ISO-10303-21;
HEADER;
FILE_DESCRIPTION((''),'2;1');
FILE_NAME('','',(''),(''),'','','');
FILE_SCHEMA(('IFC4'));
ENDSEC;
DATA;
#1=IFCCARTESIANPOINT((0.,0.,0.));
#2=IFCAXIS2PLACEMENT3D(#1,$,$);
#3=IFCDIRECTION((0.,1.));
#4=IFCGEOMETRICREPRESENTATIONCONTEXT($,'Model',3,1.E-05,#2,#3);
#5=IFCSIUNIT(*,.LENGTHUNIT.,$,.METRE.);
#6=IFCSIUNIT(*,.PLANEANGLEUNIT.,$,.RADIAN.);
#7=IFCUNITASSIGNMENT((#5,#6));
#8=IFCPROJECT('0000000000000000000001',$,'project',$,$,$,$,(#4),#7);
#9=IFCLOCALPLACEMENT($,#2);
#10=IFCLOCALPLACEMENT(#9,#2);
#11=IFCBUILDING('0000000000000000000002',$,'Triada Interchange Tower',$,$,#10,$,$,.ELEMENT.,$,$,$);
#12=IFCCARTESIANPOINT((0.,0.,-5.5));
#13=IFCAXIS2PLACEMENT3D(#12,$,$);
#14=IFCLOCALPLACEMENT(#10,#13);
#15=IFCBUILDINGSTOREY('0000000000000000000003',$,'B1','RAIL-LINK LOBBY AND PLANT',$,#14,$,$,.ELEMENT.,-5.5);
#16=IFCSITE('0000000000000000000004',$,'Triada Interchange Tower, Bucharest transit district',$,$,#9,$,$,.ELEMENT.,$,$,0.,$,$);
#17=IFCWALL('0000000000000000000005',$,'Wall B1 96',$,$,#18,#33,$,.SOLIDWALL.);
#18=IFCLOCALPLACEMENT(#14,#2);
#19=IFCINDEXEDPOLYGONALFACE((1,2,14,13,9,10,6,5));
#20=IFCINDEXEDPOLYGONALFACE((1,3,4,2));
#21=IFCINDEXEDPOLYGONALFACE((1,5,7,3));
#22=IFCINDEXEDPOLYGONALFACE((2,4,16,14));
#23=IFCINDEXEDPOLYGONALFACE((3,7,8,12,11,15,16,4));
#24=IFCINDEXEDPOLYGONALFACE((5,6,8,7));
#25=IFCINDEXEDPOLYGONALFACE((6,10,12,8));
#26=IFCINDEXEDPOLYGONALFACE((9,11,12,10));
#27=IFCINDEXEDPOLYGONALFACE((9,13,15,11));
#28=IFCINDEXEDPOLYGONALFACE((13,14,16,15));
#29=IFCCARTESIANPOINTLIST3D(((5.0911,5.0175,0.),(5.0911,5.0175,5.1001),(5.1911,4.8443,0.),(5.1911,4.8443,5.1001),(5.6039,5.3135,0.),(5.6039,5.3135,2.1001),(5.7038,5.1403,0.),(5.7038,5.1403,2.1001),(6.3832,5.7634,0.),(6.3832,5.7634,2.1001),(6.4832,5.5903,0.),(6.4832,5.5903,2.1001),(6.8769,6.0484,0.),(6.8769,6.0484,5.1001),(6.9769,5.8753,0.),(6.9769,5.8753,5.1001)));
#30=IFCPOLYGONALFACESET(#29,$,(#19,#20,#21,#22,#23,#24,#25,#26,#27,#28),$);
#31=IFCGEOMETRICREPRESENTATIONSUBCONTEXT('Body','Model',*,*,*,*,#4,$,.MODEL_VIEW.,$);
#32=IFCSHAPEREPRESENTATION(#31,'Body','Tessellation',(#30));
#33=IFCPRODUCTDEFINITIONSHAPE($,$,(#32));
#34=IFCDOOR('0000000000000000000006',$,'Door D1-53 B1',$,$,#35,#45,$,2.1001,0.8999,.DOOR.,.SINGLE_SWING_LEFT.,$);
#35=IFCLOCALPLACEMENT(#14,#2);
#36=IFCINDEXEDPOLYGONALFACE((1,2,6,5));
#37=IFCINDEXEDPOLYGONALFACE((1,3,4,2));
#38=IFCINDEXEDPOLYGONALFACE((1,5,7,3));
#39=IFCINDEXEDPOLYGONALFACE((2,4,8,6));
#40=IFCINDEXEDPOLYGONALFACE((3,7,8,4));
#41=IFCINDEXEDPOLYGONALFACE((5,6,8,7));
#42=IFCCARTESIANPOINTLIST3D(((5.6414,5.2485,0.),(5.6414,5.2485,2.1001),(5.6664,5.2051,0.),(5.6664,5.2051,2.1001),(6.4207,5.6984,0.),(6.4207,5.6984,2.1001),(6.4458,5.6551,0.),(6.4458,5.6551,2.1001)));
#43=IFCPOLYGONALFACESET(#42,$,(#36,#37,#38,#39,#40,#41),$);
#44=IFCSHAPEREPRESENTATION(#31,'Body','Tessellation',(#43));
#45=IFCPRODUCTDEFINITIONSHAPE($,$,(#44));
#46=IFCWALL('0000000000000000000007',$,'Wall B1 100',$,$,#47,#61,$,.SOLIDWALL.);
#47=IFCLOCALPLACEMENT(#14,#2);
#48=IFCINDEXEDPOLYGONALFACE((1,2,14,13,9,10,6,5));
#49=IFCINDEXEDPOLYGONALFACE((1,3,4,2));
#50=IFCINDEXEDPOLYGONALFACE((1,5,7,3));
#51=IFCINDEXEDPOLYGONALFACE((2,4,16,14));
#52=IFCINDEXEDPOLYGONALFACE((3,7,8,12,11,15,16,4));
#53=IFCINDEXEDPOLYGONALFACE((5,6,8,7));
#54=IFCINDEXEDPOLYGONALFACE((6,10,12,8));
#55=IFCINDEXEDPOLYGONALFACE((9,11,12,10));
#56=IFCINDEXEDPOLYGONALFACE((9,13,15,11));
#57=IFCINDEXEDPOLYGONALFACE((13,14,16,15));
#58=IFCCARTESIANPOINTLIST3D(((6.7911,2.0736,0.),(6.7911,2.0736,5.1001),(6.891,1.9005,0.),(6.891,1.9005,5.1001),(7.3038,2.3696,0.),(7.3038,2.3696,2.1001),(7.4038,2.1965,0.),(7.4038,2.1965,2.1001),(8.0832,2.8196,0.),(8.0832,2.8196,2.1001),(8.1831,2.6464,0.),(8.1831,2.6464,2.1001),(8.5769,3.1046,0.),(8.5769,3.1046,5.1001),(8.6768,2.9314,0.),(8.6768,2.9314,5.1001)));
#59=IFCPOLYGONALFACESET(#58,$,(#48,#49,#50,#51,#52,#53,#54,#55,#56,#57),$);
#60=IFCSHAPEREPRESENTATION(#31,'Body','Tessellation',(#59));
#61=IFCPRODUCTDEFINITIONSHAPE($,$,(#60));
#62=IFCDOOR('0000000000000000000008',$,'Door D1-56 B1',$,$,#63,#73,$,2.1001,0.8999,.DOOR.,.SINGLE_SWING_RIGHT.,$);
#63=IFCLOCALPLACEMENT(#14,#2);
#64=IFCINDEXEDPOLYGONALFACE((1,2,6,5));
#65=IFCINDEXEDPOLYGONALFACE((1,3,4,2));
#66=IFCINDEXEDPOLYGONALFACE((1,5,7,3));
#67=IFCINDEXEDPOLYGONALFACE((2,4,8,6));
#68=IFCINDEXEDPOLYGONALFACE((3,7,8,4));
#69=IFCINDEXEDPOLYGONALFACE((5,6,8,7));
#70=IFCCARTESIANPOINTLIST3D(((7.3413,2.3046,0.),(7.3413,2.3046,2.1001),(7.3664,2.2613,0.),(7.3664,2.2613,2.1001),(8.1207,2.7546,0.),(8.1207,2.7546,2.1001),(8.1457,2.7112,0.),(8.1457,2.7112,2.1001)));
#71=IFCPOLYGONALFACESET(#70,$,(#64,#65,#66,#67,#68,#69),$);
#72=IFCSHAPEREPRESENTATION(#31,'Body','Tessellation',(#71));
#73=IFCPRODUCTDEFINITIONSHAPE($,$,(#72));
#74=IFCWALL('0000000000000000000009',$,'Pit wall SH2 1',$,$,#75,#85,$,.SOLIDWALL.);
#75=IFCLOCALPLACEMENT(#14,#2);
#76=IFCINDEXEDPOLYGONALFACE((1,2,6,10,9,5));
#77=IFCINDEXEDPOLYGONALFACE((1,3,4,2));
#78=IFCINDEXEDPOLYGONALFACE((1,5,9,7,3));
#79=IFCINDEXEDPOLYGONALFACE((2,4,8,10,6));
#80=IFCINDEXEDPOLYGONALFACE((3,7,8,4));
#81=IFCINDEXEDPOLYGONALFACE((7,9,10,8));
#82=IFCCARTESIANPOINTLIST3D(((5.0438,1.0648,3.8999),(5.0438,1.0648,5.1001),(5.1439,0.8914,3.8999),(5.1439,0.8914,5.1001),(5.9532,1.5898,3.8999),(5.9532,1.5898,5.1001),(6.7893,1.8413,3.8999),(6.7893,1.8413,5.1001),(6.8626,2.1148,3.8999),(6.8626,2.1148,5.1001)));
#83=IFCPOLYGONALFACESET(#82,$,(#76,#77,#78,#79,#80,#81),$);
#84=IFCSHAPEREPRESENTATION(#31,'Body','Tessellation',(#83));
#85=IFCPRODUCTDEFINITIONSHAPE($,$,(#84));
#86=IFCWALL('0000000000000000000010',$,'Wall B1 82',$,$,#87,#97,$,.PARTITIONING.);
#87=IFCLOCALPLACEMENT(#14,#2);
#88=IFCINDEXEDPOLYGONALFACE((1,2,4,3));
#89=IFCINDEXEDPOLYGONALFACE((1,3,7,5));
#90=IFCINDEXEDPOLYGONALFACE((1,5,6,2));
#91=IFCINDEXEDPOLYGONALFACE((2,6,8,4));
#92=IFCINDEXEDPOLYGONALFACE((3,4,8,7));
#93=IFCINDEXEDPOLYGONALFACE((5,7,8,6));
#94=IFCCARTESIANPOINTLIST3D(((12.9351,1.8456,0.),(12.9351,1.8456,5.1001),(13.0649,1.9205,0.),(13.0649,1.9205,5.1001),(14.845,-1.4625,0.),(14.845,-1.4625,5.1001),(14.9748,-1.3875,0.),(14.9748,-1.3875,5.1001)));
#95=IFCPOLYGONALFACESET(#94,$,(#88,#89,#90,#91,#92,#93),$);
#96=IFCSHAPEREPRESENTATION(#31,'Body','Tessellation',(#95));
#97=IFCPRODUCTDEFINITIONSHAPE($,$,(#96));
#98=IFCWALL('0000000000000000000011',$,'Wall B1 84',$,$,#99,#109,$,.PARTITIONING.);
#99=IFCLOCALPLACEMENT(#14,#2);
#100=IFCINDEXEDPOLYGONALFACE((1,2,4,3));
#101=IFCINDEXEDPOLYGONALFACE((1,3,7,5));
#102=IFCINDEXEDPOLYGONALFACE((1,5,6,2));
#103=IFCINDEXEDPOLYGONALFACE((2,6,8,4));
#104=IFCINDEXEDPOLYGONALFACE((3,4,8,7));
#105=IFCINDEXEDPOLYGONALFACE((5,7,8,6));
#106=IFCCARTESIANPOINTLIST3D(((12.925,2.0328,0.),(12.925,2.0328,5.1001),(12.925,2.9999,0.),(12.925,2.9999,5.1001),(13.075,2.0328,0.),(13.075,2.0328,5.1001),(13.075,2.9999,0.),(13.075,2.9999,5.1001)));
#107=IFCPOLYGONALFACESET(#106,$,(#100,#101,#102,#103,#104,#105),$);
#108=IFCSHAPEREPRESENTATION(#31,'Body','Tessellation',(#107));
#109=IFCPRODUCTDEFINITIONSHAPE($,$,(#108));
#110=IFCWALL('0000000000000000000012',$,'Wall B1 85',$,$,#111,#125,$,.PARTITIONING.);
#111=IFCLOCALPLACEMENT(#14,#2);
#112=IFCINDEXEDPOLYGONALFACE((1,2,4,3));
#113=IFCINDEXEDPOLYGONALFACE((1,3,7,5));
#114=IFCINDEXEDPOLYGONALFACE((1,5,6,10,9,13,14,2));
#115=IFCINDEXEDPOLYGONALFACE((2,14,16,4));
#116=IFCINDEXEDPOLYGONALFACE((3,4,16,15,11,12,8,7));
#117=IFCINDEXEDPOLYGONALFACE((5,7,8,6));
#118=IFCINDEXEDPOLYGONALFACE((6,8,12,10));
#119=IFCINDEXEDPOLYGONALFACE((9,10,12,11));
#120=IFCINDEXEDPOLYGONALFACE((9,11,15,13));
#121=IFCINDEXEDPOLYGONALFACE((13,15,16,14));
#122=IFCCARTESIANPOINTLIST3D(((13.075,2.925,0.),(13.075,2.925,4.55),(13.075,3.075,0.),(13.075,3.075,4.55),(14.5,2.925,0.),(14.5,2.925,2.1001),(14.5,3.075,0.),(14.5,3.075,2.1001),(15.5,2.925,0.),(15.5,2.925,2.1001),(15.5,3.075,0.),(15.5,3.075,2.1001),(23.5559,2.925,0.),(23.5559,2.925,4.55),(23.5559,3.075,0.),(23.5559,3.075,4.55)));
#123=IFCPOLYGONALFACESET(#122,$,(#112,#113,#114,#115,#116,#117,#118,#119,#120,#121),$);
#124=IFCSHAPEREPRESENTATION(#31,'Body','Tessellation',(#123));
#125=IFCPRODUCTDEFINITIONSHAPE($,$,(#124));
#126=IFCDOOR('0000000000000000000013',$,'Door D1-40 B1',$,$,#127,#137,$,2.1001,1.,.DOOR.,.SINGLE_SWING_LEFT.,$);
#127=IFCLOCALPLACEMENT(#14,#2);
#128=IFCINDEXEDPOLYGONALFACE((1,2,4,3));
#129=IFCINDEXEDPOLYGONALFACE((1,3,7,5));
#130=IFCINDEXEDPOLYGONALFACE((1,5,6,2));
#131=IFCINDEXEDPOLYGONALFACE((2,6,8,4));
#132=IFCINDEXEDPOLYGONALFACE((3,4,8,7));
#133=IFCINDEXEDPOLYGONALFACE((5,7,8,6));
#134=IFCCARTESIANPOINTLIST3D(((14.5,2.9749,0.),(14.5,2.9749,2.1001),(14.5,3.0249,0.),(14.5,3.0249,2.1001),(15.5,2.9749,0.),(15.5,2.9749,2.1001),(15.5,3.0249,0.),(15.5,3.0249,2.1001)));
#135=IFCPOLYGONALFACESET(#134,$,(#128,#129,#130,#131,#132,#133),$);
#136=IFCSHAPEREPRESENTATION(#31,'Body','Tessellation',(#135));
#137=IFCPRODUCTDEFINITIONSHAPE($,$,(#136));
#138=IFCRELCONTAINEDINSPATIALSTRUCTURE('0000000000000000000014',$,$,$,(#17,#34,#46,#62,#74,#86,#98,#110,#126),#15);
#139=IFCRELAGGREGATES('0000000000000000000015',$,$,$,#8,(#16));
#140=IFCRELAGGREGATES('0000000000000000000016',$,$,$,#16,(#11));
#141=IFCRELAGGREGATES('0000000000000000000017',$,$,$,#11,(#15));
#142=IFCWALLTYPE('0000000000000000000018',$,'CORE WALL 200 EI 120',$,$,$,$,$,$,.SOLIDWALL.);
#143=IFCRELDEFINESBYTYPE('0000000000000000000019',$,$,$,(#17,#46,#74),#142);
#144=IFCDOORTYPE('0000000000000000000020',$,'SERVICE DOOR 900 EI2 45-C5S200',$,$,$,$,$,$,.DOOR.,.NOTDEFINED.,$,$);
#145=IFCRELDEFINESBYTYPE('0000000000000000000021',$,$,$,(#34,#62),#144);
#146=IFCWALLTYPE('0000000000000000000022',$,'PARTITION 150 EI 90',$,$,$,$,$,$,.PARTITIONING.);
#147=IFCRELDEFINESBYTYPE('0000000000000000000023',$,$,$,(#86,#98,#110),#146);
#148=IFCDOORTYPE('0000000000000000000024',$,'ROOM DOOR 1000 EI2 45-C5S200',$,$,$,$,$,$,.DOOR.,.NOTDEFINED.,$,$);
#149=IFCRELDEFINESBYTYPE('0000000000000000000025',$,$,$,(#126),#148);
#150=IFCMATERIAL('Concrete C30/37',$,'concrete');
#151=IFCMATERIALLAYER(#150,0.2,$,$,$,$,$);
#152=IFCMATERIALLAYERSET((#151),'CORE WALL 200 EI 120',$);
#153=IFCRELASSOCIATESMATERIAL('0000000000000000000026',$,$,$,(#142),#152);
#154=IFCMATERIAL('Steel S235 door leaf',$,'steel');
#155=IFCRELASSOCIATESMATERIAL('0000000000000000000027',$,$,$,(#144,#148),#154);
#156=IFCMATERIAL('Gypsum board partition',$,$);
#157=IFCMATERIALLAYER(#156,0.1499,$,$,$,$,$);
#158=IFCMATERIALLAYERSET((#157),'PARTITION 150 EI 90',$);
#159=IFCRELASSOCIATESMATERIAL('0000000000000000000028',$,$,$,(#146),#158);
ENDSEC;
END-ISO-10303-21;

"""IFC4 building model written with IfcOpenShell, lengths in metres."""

from ifc_helpers import new_model, si_unit, direction, frame, frame_2d, origin, place, context, subcontext, project, spatial, polyline, rectangle, outline, extrude, material, layer, layer_set, type_object, element, fill, save


model = new_model("IFC4")

# Units and contexts
model_context = context("Model", 3, precision=1e-05, world=origin(), true_north=direction((0.0, 1.0)))
body_context = subcontext(model_context, "Body", "Model", "MODEL_VIEW")
ifc_project = project(units=[si_unit("LENGTHUNIT", "METRE"), si_unit("PLANEANGLEUNIT", "RADIAN")], contexts=[model_context])

# Site, building, storey
site_placement = place(None, origin())
site = spatial("IfcSite", under=ifc_project, at=site_placement, Name="Triada Interchange Tower, Bucharest transit district", CompositionType="ELEMENT", RefElevation=0.0)
building_placement = place(site_placement, origin())
building = spatial("IfcBuilding", under=site, at=building_placement, Name="Triada Interchange Tower", CompositionType="ELEMENT")
storey_placement = place(building_placement, frame((0.0, 0.0, -5.5)))
storey = spatial("IfcBuildingStorey", under=building, at=storey_placement, Name="B1", Description="RAIL-LINK LOBBY AND PLANT", CompositionType="ELEMENT", Elevation=-5.5)

# Shared definitions
ifc_material_1 = material(Name="Concrete C30/37", Category="concrete")

# Walls, openings, doors
ifc_layer_1 = layer(ifc_material_1, 0.2)
ifc_layer_set_1 = layer_set([ifc_layer_1], Name="CORE WALL 200 EI 120")
wall_type_1 = type_object("IfcWallType", Name="CORE WALL 200 EI 120", PredefinedType="SOLIDWALL", material=ifc_layer_set_1)
wall_1_placement = place(storey_placement, frame((5.1411, 4.9309, 0.0), z_axis=(0.0, 0.0, 1.0), x_axis=(0.866042, 0.499972, 0.0)))
wall_1 = element("IfcWall", 1, at=wall_1_placement, inside=storey, type_object=wall_type_1, Name="Wall B1 96", PredefinedType="SOLIDWALL", context=body_context, shape_type="SweptSolid", body=[
    extrude(rectangle(XDim=2.062, YDim=0.2, at=frame_2d((1.031, 0.0))), origin(), (0.0, 0.0, 1.0), 5.1001),
])
opening_1_placement = place(wall_1_placement, frame((0.592, 0.0, 0.0)))
opening_1 = element("IfcOpeningElement", 2, at=opening_1_placement, cuts=wall_1, PredefinedType="OPENING", context=body_context, shape_type="SweptSolid", body=[
    extrude(rectangle(XDim=0.8999, YDim=2.1001, at=frame_2d((0.45, 1.05))), frame((0.0, 0.1099, 0.0), z_axis=(0.0, -1.0, 0.0), x_axis=(1.0, 0.0, 0.0)), (0.0, 0.0, 1.0), 0.22),
])
ifc_material_2 = material(Name="Steel S235 door leaf", Category="steel")
door_type_1 = type_object("IfcDoorType", Name="SERVICE DOOR 900 EI2 45-C5S200", OperationType="NOTDEFINED", PredefinedType="DOOR", material=ifc_material_2)
door_1_placement = place(opening_1_placement, origin())
door_1 = element("IfcDoor", 3, at=door_1_placement, inside=storey, type_object=door_type_1, Name="Door D1-53 B1", OperationType="SINGLE_SWING_LEFT", OverallHeight=2.1001, OverallWidth=0.8999, PredefinedType="DOOR", context=body_context, shape_type="SweptSolid", body=[
    extrude(rectangle(XDim=0.8999, YDim=2.1001, at=frame_2d((0.45, 1.05))), frame((0.0, 0.0249, 0.0), z_axis=(0.0, -1.0, 0.0), x_axis=(1.0, 0.0, 0.0)), (0.0, 0.0, 1.0), 0.05),
])
fill(opening_1, door_1)
wall_2_placement = place(storey_placement, frame((6.8411, 1.9871, 0.0), z_axis=(0.0, 0.0, 1.0), x_axis=(0.866042, 0.499972, 0.0)))
wall_2 = element("IfcWall", 4, at=wall_2_placement, inside=storey, type_object=wall_type_1, Name="Wall B1 100", PredefinedType="SOLIDWALL", context=body_context, shape_type="SweptSolid", body=[
    extrude(rectangle(XDim=2.062, YDim=0.2, at=frame_2d((1.031, 0.0))), origin(), (0.0, 0.0, 1.0), 5.1001),
])
opening_2_placement = place(wall_2_placement, frame((0.592, 0.0, 0.0)))
opening_2 = element("IfcOpeningElement", 5, at=opening_2_placement, cuts=wall_2, PredefinedType="OPENING", context=body_context, shape_type="SweptSolid", body=[
    extrude(rectangle(XDim=0.8999, YDim=2.1001, at=frame_2d((0.45, 1.05))), frame((0.0, 0.1099, 0.0), z_axis=(0.0, -1.0, 0.0), x_axis=(1.0, 0.0, 0.0)), (0.0, 0.0, 1.0), 0.22),
])
door_2_placement = place(opening_2_placement, origin())
door_2 = element("IfcDoor", 6, at=door_2_placement, inside=storey, type_object=door_type_1, Name="Door D1-56 B1", OperationType="SINGLE_SWING_RIGHT", OverallHeight=2.1001, OverallWidth=0.8999, PredefinedType="DOOR", context=body_context, shape_type="SweptSolid", body=[
    extrude(rectangle(XDim=0.8999, YDim=2.1001, at=frame_2d((0.45, 1.05))), frame((0.0, 0.0249, 0.0), z_axis=(0.0, -1.0, 0.0), x_axis=(1.0, 0.0, 0.0)), (0.0, 0.0, 1.0), 0.05),
])
fill(opening_2, door_2)

# Walls
wall_3_placement = place(storey_placement, frame((6.8259, 1.978, 3.8999), z_axis=(0.0, 0.0, 1.0), x_axis=(-0.866038, -0.499977, 0.0)))
element("IfcWall", 7, at=wall_3_placement, inside=storey, type_object=wall_type_1, Name="Pit wall SH2 1", PredefinedType="SOLIDWALL", context=body_context, shape_type="SweptSolid", body=[
    extrude(outline(polyline([(0.1001, 0.1001), (2.0, 0.1001), (2.0, -0.1001), (0.95, -0.1001), (-0.1001, -0.1001), (0.1001, 0.1001)])), origin(), (0.0, 0.0, 1.0), 1.2002),
])
ifc_material_3 = material(Name="Gypsum board partition")
ifc_layer_2 = layer(ifc_material_3, 0.1499)
ifc_layer_set_2 = layer_set([ifc_layer_2], Name="PARTITION 150 EI 90")
wall_type_2 = type_object("IfcWallType", Name="PARTITION 150 EI 90", PredefinedType="PARTITIONING", material=ifc_layer_set_2)
wall_4_placement = place(storey_placement, frame((13.0, 1.8831, 0.0), z_axis=(0.0, 0.0, 1.0), x_axis=(0.499995, -0.866028, 0.0)))
element("IfcWall", 8, at=wall_4_placement, inside=storey, type_object=wall_type_2, Name="Wall B1 82", PredefinedType="PARTITIONING", context=body_context, shape_type="SweptSolid", body=[
    extrude(rectangle(XDim=3.8198, YDim=0.1499, at=frame_2d((1.9099, 0.0))), origin(), (0.0, 0.0, 1.0), 5.1001),
])
wall_5_placement = place(storey_placement, frame((13.0, 2.033, 0.0), z_axis=(0.0, 0.0, 1.0), x_axis=(0.0, 1.0, 0.0)))
element("IfcWall", 9, at=wall_5_placement, inside=storey, type_object=wall_type_2, Name="Wall B1 84", PredefinedType="PARTITIONING", context=body_context, shape_type="SweptSolid", body=[
    extrude(rectangle(XDim=0.967, YDim=0.1499, at=frame_2d((0.4834, 0.0))), origin(), (0.0, 0.0, 1.0), 5.1001),
])

# Wall, opening, door
wall_6_placement = place(storey_placement, frame((13.075, 3.0, 0.0), z_axis=(0.0, 0.0, 1.0), x_axis=(1.0, 0.0, 0.0)))
wall_6 = element("IfcWall", 10, at=wall_6_placement, inside=storey, type_object=wall_type_2, Name="Wall B1 85", PredefinedType="PARTITIONING", context=body_context, shape_type="SweptSolid", body=[
    extrude(rectangle(XDim=10.481, YDim=0.1499, at=frame_2d((5.2405, 0.0))), origin(), (0.0, 0.0, 1.0), 4.55),
])
opening_3_placement = place(wall_6_placement, frame((1.425, 0.0, 0.0)))
opening_3 = element("IfcOpeningElement", 11, at=opening_3_placement, cuts=wall_6, PredefinedType="OPENING", context=body_context, shape_type="SweptSolid", body=[
    extrude(rectangle(XDim=1.0, YDim=2.1001, at=frame_2d((0.5, 1.05))), frame((0.0, 0.085, 0.0), z_axis=(0.0, -1.0, 0.0), x_axis=(1.0, 0.0, 0.0)), (0.0, 0.0, 1.0), 0.1699),
])
door_type_2 = type_object("IfcDoorType", Name="ROOM DOOR 1000 EI2 45-C5S200", OperationType="NOTDEFINED", PredefinedType="DOOR", material=ifc_material_2)
door_3_placement = place(opening_3_placement, origin())
door_3 = element("IfcDoor", 12, at=door_3_placement, inside=storey, type_object=door_type_2, Name="Door D1-40 B1", OperationType="SINGLE_SWING_LEFT", OverallHeight=2.1001, OverallWidth=1.0, PredefinedType="DOOR", context=body_context, shape_type="SweptSolid", body=[
    extrude(rectangle(XDim=1.0, YDim=2.1001, at=frame_2d((0.5, 1.05))), frame((0.0, 0.0249, 0.0), z_axis=(0.0, -1.0, 0.0), x_axis=(1.0, 0.0, 0.0)), (0.0, 0.0, 1.0), 0.05),
])
fill(opening_3, door_3)

save(model, "model.ifc")
